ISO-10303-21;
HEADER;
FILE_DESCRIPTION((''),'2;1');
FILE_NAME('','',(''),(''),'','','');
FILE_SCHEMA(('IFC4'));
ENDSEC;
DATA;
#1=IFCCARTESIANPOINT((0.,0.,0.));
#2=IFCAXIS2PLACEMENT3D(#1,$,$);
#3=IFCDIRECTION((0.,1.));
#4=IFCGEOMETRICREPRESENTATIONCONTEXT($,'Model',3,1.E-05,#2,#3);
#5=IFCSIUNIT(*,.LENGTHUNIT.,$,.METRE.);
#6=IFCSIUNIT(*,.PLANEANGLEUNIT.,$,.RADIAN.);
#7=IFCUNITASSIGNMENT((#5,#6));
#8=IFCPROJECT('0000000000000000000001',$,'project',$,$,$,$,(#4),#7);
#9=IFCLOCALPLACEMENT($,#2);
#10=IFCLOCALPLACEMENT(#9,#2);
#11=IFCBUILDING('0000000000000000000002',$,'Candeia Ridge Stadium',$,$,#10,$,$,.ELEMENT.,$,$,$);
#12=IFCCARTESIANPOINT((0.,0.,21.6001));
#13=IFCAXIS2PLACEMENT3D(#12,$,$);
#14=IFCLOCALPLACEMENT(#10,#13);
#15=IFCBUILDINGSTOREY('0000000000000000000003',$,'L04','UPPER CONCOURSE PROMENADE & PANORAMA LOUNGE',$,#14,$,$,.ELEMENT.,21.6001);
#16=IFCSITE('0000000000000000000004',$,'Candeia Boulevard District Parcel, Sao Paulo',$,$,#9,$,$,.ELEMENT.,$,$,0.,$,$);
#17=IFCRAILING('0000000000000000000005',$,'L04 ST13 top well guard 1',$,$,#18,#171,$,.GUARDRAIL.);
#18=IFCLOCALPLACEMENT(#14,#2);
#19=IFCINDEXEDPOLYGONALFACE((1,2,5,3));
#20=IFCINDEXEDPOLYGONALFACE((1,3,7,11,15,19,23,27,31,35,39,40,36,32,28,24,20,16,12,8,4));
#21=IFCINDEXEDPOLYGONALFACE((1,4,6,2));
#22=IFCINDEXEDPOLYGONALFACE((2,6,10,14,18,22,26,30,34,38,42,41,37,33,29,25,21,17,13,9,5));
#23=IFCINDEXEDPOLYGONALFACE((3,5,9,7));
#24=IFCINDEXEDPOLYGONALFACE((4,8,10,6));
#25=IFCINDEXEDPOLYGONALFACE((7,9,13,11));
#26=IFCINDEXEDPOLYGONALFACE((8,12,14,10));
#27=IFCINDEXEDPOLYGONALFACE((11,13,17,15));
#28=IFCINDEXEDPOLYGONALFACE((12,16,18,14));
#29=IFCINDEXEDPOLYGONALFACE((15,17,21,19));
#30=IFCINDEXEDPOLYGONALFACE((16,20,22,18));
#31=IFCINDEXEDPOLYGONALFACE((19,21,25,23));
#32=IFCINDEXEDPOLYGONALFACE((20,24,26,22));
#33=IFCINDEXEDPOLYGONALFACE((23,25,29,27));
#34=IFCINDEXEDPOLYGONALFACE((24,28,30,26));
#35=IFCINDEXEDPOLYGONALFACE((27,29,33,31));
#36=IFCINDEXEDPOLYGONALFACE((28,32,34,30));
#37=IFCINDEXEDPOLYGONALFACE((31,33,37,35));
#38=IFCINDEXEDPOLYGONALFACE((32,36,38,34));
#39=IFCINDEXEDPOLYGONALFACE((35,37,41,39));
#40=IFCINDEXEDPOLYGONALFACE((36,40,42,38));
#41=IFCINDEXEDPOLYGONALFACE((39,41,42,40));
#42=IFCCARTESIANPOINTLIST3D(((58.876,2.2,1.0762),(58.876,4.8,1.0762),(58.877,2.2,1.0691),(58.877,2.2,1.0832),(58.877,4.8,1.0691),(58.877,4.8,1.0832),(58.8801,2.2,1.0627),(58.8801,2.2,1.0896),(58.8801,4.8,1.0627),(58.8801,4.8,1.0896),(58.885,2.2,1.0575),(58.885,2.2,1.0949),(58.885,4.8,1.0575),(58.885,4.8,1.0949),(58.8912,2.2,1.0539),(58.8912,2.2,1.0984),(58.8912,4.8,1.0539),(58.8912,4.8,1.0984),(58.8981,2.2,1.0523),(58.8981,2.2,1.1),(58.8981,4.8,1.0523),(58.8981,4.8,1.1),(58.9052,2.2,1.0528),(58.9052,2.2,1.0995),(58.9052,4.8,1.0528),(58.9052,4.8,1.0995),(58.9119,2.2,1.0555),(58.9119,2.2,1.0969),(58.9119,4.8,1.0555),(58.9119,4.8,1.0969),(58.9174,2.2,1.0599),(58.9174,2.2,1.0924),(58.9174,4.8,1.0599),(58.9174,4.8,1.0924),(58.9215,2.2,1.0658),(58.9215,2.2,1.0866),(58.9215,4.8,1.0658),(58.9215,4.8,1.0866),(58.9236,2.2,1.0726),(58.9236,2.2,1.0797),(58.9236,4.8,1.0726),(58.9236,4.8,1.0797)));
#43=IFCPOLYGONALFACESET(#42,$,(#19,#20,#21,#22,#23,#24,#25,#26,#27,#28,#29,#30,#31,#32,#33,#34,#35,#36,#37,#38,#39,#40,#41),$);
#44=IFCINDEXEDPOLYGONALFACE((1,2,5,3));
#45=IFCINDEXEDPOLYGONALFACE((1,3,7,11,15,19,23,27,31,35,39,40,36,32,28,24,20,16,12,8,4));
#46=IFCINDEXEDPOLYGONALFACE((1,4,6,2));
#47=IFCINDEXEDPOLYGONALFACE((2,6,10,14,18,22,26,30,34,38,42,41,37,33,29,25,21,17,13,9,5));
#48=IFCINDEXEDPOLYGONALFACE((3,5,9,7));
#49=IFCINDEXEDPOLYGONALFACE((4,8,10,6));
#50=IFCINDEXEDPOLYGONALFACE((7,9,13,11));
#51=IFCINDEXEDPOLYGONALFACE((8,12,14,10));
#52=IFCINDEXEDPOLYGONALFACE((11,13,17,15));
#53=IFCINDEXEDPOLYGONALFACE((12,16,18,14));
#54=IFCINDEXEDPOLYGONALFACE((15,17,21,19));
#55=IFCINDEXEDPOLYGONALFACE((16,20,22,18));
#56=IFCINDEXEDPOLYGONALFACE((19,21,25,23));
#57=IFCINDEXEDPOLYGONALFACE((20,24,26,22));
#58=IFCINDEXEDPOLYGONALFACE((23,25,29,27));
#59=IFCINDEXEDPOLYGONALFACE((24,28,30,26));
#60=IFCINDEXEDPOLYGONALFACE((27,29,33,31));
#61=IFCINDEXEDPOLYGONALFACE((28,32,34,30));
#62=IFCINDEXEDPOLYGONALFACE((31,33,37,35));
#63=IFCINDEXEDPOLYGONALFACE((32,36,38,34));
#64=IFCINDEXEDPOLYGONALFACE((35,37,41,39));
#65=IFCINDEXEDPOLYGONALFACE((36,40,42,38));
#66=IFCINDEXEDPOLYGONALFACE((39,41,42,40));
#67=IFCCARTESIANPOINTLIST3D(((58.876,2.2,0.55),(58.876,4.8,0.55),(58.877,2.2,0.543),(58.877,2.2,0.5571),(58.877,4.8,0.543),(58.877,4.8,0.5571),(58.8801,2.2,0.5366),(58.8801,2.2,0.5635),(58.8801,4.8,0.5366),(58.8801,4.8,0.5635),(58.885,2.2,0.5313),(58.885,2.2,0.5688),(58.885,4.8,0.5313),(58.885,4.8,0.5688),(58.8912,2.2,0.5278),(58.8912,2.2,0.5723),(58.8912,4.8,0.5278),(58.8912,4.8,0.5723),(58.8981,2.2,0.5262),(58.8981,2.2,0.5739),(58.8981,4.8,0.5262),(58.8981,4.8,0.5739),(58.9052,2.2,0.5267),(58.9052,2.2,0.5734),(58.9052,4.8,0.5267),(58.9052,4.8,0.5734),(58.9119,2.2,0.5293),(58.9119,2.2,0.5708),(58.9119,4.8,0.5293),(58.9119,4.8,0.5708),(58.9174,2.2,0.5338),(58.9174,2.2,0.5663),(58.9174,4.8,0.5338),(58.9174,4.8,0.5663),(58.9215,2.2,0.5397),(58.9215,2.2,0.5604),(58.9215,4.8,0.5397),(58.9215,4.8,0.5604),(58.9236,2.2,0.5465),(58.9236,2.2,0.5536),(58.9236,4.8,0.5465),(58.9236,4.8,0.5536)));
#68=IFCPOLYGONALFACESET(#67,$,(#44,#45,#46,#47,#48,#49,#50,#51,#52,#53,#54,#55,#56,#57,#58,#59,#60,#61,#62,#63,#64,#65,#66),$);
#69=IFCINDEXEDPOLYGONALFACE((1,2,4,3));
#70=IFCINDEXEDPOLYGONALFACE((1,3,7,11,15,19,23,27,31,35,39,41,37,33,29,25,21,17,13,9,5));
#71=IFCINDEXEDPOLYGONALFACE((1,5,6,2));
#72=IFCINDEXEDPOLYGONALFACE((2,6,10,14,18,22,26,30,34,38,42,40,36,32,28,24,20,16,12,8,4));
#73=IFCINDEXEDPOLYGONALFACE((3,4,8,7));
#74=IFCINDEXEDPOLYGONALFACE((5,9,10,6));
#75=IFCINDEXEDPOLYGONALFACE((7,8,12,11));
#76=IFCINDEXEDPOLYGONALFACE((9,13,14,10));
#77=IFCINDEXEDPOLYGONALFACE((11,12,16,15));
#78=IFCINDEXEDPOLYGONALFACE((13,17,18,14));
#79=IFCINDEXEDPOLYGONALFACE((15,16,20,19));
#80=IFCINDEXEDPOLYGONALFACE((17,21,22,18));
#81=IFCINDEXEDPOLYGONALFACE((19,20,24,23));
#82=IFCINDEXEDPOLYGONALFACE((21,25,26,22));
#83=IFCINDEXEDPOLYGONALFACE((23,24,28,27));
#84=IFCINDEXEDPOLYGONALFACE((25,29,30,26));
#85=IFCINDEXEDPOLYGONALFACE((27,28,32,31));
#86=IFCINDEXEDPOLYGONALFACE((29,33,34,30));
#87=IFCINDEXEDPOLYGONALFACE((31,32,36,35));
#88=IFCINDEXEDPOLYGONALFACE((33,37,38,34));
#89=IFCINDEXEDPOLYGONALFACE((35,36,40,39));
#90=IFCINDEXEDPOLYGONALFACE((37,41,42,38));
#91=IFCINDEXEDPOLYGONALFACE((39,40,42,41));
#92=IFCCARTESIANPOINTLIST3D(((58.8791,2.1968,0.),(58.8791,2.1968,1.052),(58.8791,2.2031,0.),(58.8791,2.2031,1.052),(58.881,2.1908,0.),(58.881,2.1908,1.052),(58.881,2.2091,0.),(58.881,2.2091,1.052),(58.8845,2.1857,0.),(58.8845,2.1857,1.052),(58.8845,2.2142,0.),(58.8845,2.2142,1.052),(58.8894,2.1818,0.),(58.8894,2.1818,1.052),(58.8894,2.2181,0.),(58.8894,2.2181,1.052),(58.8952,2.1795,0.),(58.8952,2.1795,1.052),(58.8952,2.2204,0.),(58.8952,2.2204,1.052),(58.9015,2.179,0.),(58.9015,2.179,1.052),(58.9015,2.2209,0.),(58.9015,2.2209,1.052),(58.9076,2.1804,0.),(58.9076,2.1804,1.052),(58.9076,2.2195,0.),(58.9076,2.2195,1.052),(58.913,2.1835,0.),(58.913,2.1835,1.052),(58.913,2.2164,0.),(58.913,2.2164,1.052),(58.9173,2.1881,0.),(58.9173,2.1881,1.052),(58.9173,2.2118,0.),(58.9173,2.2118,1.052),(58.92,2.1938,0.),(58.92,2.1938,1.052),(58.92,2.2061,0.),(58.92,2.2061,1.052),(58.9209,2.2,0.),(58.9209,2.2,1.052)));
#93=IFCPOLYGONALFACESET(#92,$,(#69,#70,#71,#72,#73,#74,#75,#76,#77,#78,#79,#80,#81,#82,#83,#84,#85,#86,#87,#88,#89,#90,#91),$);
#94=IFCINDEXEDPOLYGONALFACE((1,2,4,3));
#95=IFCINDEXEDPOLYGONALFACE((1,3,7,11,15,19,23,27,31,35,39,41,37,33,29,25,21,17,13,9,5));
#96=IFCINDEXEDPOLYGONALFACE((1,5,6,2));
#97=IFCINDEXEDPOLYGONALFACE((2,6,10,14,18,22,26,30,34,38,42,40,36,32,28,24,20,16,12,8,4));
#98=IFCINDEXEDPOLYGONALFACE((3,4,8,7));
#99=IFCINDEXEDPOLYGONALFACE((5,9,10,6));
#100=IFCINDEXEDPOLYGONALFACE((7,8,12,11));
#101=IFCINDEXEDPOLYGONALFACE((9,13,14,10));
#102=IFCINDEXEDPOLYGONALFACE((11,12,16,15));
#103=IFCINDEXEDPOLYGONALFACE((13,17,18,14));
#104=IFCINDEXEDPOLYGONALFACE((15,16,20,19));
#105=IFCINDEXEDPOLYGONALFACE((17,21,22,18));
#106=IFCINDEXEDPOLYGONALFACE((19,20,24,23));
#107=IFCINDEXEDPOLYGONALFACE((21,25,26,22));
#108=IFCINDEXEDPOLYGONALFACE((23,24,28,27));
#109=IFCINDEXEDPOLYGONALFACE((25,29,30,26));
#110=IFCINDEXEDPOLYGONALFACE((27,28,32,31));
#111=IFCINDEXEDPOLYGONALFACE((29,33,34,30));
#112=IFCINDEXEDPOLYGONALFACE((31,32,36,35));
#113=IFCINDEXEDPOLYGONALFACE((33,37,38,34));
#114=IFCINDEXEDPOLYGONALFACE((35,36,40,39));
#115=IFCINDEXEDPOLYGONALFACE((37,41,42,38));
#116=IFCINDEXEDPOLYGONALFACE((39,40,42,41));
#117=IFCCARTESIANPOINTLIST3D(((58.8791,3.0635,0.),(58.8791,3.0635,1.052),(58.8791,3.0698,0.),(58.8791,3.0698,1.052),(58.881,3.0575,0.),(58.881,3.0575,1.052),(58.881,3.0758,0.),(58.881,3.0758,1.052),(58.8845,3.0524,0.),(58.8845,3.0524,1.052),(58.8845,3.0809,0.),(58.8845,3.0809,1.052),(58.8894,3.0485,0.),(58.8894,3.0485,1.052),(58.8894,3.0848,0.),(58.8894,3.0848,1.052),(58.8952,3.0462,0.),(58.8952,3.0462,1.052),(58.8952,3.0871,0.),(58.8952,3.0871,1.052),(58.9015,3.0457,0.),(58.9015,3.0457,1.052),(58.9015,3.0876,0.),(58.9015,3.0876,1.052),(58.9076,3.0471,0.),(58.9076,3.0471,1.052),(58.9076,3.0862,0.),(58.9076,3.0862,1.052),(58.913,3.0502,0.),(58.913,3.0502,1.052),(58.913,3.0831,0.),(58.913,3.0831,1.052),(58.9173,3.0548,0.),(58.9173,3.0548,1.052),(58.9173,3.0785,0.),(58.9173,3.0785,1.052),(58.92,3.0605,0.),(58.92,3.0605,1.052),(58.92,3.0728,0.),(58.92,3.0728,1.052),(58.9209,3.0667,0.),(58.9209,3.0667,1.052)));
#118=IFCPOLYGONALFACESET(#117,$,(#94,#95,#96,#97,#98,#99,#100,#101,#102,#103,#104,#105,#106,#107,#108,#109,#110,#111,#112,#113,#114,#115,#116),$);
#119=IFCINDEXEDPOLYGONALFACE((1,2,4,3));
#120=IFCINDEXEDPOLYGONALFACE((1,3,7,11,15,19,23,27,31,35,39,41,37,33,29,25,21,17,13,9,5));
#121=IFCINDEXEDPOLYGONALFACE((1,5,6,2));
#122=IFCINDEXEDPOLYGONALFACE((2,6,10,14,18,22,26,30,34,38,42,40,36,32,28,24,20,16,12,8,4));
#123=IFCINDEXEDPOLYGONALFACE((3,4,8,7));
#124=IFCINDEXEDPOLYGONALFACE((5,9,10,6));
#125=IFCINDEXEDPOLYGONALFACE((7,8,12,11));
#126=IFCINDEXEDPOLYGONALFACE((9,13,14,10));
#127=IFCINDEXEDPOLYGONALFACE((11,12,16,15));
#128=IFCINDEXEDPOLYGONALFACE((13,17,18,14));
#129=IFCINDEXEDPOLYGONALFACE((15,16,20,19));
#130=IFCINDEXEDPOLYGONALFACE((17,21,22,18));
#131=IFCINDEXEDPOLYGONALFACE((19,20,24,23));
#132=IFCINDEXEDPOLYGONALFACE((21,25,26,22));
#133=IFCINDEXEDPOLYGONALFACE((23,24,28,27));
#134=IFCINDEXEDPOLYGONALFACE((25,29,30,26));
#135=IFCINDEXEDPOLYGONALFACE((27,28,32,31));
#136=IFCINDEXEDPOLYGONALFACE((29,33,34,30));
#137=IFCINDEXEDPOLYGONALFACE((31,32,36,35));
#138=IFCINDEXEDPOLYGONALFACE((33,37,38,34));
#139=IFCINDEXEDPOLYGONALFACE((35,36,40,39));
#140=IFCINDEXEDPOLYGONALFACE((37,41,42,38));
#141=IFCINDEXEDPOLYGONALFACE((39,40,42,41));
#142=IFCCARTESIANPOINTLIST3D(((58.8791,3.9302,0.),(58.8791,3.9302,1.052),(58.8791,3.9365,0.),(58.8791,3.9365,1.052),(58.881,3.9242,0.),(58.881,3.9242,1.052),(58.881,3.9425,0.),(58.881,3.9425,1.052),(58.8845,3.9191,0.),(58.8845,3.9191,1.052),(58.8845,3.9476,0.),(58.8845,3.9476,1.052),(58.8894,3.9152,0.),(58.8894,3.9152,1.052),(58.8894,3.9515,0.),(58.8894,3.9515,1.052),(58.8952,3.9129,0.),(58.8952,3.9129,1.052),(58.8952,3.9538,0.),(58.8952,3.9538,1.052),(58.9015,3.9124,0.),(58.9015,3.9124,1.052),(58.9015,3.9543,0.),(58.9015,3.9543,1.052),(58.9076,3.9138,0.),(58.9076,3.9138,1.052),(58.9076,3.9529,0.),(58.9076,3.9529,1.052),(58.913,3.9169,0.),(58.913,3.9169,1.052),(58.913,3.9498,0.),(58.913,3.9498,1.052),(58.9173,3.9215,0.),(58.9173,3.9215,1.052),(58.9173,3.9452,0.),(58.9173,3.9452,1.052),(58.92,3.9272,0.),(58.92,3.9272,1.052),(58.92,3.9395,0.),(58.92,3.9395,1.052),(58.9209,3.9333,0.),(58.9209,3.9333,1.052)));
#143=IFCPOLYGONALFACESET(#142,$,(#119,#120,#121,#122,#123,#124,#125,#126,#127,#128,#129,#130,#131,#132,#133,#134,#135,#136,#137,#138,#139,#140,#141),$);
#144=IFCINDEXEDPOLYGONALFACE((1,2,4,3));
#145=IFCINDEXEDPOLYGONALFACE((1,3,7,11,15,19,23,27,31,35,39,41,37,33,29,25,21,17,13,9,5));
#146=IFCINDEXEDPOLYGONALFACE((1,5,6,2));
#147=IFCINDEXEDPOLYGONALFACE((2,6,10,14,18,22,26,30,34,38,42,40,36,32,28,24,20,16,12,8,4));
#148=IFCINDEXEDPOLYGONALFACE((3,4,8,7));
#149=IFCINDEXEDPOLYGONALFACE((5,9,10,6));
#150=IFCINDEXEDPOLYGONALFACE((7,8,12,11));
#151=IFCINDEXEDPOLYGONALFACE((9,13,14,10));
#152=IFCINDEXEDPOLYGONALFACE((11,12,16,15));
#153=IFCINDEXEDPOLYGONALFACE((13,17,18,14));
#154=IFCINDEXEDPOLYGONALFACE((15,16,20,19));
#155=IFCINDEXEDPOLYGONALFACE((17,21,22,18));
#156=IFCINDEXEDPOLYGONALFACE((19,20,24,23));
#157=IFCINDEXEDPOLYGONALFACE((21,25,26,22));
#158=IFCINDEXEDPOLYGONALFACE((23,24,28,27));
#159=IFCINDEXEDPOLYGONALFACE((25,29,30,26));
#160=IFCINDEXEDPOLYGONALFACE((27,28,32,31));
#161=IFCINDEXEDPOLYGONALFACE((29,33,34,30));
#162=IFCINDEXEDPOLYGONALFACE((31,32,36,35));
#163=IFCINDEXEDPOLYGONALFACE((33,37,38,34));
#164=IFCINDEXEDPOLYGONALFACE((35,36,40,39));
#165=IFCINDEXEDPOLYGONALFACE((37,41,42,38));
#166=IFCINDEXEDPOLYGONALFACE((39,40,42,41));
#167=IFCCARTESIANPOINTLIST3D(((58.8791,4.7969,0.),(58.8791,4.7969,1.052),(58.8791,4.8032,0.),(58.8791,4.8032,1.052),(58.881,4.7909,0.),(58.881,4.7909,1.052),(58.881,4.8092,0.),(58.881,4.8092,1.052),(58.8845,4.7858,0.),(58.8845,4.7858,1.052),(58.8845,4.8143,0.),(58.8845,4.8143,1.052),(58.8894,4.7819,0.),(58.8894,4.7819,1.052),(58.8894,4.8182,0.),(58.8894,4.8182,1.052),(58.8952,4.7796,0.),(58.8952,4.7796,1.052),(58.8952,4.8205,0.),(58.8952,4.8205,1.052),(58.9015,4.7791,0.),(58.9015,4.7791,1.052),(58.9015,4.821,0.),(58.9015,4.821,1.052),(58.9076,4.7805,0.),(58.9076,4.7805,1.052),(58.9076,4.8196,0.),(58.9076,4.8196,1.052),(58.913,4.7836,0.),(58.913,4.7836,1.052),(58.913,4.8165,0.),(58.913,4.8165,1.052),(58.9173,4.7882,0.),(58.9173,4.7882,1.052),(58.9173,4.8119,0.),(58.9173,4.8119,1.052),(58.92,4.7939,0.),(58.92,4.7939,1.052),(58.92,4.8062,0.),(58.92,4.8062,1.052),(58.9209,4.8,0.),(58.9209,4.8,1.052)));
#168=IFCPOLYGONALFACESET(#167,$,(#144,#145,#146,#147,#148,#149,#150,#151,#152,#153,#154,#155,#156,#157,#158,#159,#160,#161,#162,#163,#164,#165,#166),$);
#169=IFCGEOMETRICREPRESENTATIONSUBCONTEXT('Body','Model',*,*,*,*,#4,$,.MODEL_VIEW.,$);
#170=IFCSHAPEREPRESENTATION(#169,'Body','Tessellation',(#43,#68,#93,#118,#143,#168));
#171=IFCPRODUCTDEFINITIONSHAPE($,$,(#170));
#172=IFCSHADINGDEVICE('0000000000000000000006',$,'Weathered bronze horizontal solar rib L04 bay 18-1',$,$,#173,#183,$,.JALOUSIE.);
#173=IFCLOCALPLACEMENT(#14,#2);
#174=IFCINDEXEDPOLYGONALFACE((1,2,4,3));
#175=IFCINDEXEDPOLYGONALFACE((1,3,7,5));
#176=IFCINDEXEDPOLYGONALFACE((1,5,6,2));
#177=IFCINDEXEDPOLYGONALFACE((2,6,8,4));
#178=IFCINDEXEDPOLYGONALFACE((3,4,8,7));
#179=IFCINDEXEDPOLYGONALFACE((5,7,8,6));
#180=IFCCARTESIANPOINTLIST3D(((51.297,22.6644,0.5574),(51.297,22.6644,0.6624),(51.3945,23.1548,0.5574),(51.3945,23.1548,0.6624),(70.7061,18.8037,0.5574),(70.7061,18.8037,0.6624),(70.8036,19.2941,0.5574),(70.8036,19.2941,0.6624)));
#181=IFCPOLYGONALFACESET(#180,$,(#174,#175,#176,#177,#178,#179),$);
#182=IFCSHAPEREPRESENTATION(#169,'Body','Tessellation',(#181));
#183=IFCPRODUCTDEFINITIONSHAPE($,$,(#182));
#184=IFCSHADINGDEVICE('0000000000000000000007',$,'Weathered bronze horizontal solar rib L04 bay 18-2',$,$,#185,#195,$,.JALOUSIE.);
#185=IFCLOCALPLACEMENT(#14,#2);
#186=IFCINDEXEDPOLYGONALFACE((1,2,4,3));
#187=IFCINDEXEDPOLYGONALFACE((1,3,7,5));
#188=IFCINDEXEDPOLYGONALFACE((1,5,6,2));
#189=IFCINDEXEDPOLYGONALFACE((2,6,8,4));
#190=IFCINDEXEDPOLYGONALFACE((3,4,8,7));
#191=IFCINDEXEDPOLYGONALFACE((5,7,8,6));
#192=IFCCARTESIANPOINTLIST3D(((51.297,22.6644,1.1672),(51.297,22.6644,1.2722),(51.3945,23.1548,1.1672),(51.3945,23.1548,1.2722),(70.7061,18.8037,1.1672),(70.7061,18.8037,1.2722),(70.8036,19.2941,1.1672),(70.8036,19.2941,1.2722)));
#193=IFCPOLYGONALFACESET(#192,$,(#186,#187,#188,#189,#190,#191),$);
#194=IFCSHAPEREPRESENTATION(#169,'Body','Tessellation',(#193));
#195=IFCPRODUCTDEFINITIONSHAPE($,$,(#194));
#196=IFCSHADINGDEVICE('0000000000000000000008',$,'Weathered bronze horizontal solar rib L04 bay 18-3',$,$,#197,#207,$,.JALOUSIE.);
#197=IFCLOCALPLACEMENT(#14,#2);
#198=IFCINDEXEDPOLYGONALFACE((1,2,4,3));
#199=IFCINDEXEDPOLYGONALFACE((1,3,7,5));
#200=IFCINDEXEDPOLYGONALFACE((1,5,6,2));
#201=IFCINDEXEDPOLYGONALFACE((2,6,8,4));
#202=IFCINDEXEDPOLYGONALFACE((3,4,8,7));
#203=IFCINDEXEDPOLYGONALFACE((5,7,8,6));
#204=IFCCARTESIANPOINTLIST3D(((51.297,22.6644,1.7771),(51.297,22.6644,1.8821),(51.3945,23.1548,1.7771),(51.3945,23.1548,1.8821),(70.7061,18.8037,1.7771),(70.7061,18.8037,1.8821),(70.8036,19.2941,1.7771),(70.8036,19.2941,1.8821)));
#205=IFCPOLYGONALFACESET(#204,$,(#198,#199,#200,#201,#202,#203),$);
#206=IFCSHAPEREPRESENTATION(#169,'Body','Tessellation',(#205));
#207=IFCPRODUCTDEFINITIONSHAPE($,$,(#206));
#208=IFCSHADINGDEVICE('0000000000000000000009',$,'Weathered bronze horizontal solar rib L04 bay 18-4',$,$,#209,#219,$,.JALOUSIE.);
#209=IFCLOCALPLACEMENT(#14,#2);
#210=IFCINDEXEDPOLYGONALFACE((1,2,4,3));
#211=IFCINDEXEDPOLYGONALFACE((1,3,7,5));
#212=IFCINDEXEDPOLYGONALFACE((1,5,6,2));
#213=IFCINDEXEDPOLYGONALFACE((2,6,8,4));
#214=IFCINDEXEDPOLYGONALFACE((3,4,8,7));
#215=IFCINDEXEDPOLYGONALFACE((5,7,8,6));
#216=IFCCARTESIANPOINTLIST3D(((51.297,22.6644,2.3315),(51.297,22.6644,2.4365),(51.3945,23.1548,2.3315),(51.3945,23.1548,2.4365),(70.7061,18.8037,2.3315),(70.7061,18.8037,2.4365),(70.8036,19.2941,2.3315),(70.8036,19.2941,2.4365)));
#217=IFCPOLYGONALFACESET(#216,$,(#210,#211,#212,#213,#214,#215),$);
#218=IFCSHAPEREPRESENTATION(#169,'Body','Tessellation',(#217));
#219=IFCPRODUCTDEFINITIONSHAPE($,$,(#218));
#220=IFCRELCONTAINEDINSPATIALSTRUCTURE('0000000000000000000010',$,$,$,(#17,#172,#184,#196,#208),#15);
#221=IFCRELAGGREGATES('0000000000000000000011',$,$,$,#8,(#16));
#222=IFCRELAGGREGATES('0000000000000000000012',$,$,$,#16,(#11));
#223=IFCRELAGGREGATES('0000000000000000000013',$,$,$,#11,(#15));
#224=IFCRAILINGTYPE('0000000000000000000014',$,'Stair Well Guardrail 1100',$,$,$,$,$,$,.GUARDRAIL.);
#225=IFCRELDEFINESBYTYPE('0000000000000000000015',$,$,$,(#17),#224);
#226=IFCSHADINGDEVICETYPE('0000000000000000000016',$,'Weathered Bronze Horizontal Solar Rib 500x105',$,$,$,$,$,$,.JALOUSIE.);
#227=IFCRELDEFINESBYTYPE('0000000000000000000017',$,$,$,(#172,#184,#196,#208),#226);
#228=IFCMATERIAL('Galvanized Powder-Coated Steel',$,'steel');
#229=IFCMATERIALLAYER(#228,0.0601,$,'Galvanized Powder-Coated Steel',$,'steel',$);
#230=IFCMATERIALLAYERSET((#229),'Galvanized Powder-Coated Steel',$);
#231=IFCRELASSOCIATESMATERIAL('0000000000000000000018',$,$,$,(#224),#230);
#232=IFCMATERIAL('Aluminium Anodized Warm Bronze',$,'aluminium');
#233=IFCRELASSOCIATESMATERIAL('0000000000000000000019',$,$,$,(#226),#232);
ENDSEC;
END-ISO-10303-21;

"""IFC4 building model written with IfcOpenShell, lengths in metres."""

from ifc_helpers import new_model, si_unit, direction, frame, origin, origin_2d, place, context, subcontext, project, spatial, rectangle, circle, extrude, material, layer, layer_set, type_object, element, save


model = new_model("IFC4")

# Units and contexts
model_context = context("Model", 3, precision=1e-05, world=origin(), true_north=direction((0.0, 1.0)))
body_context = subcontext(model_context, "Body", "Model", "MODEL_VIEW")
ifc_project = project(units=[si_unit("LENGTHUNIT", "METRE"), si_unit("PLANEANGLEUNIT", "RADIAN")], contexts=[model_context])

# Site, building, storey
site_placement = place(None, origin())
site = spatial("IfcSite", under=ifc_project, at=site_placement, Name="Candeia Boulevard District Parcel, Sao Paulo", CompositionType="ELEMENT", RefElevation=0.0)
building_placement = place(site_placement, origin())
building = spatial("IfcBuilding", under=site, at=building_placement, Name="Candeia Ridge Stadium", CompositionType="ELEMENT")
storey_placement = place(building_placement, frame((0.0, 0.0, 21.6001)))
storey = spatial("IfcBuildingStorey", under=building, at=storey_placement, Name="L04", Description="UPPER CONCOURSE PROMENADE & PANORAMA LOUNGE", CompositionType="ELEMENT", Elevation=21.6001)

# Shared definitions
ifc_material_1 = material(Name="Aluminium Anodized Warm Bronze", Category="aluminium")

# Railing
ifc_material_2 = material(Name="Galvanized Powder-Coated Steel", Category="steel")
ifc_layer_1 = layer(ifc_material_2, 0.0601, Name="Galvanized Powder-Coated Steel", Category="steel")
ifc_layer_set_1 = layer_set([ifc_layer_1], Name="Galvanized Powder-Coated Steel")
railing_type_1 = type_object("IfcRailingType", Name="Stair Well Guardrail 1100", PredefinedType="GUARDRAIL", material=ifc_layer_set_1)
railing_1_placement = place(storey_placement, frame((58.8999, 2.2, 0.0)))
element("IfcRailing", 1, at=railing_1_placement, inside=storey, type_object=railing_type_1, Name="L04 ST13 top well guard 1", PredefinedType="GUARDRAIL", context=body_context, shape_type="SweptSolid", body=[
    extrude(circle(Radius=0.0239, at=origin_2d()), frame((0.0, 0.0, 1.0762), z_axis=(0.0, 1.0, 0.0), x_axis=(-1.0, 0.0, 0.0)), (0.0, 0.0, 1.0), 2.6001),
    extrude(circle(Radius=0.0239, at=origin_2d()), frame((0.0, 0.0, 0.55), z_axis=(0.0, 1.0, 0.0), x_axis=(-1.0, 0.0, 0.0)), (0.0, 0.0, 1.0), 2.6001),
    extrude(circle(Radius=0.021, at=origin_2d()), origin(), (0.0, 0.0, 1.0), 1.052),
    extrude(circle(Radius=0.021, at=origin_2d()), frame((0.0, 0.8667, 0.0)), (0.0, 0.0, 1.0), 1.052),
    extrude(circle(Radius=0.021, at=origin_2d()), frame((0.0, 1.7334, 0.0)), (0.0, 0.0, 1.0), 1.052),
    extrude(circle(Radius=0.021, at=origin_2d()), frame((0.0, 2.6001, 0.0)), (0.0, 0.0, 1.0), 1.052),
])

# Shading devices
shading_device_type = type_object("IfcShadingDeviceType", Name="Weathered Bronze Horizontal Solar Rib 500x105", PredefinedType="JALOUSIE", material=ifc_material_1)
for number, where, z_axis, x_axis, name in (
    (2, (61.0503, 20.9792, 0.5574), (0.0, 0.0, 1.0), (0.980785, -0.19509, 0.0), "Weathered bronze horizontal solar rib L04 bay 18-1"),
    (3, (61.0503, 20.9792, 1.1672), (0.0, 0.0, 1.0), (0.980785, -0.19509, 0.0), "Weathered bronze horizontal solar rib L04 bay 18-2"),
    (4, (61.0503, 20.9792, 1.7771), (0.0, 0.0, 1.0), (0.980785, -0.19509, 0.0), "Weathered bronze horizontal solar rib L04 bay 18-3"),
    (5, (61.0503, 20.9792, 2.3315), (0.0, 0.0, 1.0), (0.980785, -0.19509, 0.0), "Weathered bronze horizontal solar rib L04 bay 18-4"),
):
    element("IfcShadingDevice", number, at=place(storey_placement, frame(where, z_axis=z_axis, x_axis=x_axis)), inside=storey, type_object=shading_device_type, Name=name, PredefinedType="JALOUSIE", context=body_context, shape_type="SweptSolid", body=[
        extrude(rectangle(XDim=19.7893, YDim=0.5, at=origin_2d()), origin(), (0.0, 0.0, 1.0), 0.105),
    ])

save(model, "model.ifc")
